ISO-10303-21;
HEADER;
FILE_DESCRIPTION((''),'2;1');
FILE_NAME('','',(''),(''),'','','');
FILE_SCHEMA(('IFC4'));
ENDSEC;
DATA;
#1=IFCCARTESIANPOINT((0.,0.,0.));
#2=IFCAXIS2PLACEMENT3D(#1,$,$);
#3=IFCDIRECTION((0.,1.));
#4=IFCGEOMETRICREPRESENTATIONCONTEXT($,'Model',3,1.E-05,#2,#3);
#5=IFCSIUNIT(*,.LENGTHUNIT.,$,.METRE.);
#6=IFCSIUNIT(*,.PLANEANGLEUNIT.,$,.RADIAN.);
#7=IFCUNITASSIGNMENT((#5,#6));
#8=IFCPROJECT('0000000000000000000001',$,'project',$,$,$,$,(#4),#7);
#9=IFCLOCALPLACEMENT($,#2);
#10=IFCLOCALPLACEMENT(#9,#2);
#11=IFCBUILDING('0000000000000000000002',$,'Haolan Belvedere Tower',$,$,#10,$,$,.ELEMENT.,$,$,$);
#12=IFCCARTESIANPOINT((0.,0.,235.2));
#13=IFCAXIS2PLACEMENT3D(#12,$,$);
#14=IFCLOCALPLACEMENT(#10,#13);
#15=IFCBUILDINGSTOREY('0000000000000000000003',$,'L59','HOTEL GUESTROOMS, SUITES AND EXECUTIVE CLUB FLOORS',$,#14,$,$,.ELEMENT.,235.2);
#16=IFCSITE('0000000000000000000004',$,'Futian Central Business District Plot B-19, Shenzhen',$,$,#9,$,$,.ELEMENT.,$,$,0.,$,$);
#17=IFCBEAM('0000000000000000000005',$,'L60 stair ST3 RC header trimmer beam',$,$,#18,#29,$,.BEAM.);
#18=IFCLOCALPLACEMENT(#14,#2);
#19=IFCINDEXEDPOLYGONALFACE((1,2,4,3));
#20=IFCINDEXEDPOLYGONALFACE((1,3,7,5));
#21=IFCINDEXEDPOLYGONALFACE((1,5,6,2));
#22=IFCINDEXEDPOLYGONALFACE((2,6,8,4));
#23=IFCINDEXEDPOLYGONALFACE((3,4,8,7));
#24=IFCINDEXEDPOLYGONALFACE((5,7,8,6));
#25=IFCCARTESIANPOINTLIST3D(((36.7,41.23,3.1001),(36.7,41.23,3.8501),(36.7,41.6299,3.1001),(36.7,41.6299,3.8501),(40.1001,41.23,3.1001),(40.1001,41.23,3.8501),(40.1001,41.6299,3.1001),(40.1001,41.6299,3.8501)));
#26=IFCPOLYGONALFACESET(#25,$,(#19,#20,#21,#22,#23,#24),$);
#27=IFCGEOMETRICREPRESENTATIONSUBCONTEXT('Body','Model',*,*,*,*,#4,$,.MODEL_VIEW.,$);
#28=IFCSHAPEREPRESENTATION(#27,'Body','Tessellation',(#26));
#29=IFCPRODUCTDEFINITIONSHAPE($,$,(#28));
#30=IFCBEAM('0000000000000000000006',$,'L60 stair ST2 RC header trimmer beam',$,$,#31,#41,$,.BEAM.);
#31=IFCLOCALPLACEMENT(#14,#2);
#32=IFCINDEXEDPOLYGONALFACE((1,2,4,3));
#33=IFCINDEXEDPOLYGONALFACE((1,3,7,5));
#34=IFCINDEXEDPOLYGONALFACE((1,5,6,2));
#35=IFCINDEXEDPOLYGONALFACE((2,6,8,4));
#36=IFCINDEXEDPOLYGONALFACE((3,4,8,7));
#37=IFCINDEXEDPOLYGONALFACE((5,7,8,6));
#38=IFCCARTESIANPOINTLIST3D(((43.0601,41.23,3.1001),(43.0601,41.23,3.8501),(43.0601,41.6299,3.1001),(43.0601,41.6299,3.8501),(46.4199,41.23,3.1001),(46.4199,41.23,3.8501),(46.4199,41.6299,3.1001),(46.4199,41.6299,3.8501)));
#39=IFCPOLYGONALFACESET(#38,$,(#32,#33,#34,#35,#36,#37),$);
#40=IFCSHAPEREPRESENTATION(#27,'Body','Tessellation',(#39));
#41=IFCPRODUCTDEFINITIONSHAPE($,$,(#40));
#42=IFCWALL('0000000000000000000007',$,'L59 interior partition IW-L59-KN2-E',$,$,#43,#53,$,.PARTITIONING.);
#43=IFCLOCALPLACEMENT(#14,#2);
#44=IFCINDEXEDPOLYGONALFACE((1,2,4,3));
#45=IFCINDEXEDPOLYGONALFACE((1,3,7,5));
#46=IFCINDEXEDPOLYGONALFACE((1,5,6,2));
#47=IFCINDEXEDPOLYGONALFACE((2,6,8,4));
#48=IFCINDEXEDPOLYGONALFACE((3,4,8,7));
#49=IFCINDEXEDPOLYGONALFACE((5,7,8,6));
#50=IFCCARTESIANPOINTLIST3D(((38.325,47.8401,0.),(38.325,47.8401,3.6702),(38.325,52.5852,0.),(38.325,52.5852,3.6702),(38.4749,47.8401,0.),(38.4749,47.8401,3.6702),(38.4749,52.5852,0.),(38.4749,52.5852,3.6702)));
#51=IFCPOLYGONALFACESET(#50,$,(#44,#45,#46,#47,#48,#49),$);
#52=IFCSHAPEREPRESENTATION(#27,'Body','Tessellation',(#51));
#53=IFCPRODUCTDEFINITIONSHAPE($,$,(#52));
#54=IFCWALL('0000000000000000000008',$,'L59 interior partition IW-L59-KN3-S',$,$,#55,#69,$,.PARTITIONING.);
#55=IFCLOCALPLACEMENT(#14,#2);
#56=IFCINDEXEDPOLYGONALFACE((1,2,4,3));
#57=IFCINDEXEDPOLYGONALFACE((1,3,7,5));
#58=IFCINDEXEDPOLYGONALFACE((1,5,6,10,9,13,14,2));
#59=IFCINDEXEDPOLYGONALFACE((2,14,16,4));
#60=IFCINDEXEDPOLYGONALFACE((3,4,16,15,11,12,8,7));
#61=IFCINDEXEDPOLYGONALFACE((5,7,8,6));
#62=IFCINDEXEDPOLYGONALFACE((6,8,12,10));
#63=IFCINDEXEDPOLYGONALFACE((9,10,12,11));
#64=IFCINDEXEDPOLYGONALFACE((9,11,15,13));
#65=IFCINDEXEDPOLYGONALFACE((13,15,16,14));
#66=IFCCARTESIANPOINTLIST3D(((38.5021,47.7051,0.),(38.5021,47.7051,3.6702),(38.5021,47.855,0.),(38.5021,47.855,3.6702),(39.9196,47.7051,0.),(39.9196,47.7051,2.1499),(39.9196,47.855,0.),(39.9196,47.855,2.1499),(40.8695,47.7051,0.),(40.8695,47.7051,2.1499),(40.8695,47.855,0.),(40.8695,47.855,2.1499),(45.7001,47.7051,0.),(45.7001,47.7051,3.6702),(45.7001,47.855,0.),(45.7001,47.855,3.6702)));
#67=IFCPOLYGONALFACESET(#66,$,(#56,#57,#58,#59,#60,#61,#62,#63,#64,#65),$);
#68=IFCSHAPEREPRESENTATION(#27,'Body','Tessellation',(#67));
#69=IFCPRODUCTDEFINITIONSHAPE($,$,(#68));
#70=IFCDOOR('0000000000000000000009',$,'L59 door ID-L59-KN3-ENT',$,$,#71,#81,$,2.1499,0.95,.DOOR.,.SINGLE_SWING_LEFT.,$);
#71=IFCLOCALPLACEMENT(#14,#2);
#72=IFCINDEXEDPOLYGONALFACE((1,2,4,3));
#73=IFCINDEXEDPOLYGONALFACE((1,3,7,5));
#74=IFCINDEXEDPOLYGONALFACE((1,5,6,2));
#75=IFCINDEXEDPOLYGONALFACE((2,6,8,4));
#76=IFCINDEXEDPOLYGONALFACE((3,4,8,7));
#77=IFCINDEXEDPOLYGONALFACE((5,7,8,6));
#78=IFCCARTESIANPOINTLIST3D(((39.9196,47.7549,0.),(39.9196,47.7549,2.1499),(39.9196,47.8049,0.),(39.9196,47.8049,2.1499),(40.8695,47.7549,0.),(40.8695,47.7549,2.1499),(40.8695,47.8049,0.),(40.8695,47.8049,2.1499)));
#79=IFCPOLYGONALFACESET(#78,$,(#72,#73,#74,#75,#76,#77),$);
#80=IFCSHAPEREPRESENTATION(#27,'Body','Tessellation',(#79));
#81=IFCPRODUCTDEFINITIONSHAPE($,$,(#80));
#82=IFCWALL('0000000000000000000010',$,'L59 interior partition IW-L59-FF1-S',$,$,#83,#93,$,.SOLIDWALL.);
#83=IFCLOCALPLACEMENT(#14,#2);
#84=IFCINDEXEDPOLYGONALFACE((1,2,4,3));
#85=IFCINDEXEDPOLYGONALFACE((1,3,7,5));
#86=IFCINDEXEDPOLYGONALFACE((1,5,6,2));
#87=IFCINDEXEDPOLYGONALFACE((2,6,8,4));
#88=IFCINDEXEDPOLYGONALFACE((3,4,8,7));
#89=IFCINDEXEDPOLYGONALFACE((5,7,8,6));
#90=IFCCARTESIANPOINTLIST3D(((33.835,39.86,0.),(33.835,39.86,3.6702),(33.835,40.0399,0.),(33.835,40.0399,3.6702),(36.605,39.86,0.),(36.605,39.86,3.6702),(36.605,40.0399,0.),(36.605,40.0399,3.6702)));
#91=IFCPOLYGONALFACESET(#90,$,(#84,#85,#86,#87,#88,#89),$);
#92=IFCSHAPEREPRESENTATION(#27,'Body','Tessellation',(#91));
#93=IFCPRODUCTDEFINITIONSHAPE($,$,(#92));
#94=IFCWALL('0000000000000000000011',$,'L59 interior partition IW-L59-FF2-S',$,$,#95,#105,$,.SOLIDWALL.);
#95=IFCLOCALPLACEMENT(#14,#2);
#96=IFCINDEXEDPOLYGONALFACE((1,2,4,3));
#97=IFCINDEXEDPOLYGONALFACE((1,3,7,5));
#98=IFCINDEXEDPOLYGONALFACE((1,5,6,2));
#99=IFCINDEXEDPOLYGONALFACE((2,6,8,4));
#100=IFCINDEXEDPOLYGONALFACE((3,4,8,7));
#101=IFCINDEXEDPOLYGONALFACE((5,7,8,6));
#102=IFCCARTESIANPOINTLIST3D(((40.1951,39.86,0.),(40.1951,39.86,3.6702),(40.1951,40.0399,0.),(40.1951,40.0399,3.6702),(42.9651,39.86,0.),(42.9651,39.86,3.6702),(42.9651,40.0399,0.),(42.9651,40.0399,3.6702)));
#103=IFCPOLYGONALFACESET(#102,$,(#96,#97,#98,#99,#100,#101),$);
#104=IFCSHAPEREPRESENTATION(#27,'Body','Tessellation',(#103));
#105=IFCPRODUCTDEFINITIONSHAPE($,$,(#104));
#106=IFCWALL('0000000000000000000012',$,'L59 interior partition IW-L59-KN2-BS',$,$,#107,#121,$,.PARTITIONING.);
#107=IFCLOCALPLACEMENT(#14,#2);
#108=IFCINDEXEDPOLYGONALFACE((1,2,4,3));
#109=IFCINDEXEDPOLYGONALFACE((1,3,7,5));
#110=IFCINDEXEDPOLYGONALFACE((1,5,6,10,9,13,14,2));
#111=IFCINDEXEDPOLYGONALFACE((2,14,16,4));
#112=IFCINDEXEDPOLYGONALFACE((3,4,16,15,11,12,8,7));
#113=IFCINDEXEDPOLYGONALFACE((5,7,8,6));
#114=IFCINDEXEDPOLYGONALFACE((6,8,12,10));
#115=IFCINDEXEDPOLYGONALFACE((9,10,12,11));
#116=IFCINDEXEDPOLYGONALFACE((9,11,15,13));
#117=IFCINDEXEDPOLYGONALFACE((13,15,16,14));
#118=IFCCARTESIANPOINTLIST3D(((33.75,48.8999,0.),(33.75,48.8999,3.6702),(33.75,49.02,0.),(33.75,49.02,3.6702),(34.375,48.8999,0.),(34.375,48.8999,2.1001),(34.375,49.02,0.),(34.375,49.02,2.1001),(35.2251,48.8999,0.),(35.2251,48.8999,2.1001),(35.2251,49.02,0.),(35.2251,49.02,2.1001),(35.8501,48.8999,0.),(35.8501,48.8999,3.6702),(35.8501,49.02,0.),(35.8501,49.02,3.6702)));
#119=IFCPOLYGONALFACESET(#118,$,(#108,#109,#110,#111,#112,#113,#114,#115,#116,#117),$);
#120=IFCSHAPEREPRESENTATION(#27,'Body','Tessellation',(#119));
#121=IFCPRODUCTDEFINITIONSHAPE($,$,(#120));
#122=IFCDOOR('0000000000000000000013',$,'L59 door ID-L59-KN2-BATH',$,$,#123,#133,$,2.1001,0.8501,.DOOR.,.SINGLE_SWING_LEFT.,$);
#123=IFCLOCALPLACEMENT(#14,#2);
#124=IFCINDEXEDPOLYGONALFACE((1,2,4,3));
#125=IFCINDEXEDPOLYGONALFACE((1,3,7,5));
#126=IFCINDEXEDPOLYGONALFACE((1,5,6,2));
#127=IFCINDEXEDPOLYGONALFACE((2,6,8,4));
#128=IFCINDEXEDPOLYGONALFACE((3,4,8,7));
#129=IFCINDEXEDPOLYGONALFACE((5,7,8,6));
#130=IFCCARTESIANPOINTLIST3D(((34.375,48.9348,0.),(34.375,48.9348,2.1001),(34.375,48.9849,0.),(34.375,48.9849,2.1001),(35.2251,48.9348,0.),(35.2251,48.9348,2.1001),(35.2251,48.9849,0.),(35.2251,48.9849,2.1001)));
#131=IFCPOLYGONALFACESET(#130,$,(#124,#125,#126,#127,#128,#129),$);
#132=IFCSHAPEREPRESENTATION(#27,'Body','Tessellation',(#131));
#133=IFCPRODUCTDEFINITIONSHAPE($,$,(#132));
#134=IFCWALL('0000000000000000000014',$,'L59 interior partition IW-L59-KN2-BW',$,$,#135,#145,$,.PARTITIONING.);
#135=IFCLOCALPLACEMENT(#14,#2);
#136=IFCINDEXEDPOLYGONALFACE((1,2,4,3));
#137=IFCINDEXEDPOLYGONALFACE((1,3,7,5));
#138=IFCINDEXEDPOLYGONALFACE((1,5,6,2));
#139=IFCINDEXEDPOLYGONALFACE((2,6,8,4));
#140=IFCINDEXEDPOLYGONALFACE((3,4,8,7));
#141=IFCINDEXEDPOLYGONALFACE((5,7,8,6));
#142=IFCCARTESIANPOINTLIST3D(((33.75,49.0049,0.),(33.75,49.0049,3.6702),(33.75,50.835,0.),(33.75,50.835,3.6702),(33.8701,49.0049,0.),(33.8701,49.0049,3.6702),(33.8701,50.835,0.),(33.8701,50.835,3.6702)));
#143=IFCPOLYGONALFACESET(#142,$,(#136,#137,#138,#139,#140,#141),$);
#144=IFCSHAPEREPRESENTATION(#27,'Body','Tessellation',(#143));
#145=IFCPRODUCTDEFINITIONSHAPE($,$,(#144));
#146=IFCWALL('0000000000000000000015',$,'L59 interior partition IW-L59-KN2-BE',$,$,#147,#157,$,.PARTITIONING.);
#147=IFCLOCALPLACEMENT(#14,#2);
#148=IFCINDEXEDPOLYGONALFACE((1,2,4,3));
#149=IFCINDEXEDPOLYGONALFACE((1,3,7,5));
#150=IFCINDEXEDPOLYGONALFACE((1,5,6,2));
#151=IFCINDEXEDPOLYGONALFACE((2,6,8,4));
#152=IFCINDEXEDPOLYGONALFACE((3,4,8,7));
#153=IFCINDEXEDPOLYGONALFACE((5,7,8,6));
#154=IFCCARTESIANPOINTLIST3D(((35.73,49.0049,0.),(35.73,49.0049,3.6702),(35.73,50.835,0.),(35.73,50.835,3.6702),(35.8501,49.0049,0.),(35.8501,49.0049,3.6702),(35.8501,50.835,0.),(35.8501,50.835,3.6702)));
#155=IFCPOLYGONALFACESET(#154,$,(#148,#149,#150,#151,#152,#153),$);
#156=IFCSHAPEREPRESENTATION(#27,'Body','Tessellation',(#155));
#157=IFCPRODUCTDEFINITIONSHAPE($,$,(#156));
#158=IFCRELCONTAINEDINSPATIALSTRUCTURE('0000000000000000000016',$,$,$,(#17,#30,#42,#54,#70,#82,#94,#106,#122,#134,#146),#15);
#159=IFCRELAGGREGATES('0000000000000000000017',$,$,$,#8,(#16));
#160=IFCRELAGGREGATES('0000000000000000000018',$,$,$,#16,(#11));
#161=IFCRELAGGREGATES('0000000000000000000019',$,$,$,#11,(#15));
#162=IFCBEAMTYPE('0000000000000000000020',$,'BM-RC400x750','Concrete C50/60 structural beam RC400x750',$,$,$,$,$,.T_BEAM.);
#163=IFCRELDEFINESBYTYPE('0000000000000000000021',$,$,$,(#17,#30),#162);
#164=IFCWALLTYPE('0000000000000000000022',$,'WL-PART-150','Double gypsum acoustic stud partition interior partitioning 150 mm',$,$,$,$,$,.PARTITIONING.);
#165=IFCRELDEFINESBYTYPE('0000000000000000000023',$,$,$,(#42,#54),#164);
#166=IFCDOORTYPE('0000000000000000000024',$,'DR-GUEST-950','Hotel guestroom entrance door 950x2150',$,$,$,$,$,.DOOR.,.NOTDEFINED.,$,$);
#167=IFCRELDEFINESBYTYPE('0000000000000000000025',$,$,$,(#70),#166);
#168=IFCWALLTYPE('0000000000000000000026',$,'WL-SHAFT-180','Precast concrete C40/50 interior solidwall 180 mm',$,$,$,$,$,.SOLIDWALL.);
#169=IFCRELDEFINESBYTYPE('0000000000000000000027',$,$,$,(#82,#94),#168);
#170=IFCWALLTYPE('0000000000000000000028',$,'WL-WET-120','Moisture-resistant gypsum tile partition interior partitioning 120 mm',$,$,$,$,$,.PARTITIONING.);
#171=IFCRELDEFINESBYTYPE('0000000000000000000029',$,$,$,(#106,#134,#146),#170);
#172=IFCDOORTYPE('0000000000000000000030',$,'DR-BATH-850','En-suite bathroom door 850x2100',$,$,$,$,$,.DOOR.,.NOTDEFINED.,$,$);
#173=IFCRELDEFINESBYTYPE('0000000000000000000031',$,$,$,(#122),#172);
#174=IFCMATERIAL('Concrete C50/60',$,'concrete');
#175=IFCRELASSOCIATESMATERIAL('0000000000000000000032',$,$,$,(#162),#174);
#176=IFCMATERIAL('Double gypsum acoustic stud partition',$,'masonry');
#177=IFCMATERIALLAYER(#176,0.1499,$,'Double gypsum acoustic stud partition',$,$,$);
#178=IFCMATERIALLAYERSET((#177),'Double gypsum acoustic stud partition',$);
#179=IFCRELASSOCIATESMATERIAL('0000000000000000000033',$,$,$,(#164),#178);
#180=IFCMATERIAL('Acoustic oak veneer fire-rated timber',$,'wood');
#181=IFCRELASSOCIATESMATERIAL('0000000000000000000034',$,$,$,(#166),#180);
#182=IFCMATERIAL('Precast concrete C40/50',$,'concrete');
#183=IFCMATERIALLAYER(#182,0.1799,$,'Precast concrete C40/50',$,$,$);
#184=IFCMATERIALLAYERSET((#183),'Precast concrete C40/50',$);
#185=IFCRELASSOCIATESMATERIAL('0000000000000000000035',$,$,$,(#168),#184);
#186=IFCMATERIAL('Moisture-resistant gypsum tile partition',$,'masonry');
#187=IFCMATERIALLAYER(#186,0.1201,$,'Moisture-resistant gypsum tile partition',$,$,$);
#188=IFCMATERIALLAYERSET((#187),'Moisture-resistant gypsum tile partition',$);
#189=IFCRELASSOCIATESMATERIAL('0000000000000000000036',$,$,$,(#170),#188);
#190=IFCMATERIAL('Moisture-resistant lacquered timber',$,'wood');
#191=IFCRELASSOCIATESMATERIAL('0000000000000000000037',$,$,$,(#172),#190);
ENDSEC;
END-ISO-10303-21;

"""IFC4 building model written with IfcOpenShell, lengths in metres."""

from ifc_helpers import new_model, si_unit, direction, frame, frame_2d, origin, origin_2d, place, context, subcontext, project, spatial, rectangle, extrude, material, layer, layer_set, material_profile, profile_set, type_object, element, fill, save


model = new_model("IFC4")

# Units and contexts
model_context = context("Model", 3, precision=1e-05, world=origin(), true_north=direction((0.0, 1.0)))
body_context = subcontext(model_context, "Body", "Model", "MODEL_VIEW")
ifc_project = project(units=[si_unit("LENGTHUNIT", "METRE"), si_unit("PLANEANGLEUNIT", "RADIAN")], contexts=[model_context])

# Site, building, storey
site_placement = place(None, origin())
site = spatial("IfcSite", under=ifc_project, at=site_placement, Name="Futian Central Business District Plot B-19, Shenzhen", CompositionType="ELEMENT", RefElevation=0.0)
building_placement = place(site_placement, origin())
building = spatial("IfcBuilding", under=site, at=building_placement, Name="Haolan Belvedere Tower", CompositionType="ELEMENT")
storey_placement = place(building_placement, frame((0.0, 0.0, 235.2)))
storey = spatial("IfcBuildingStorey", under=building, at=storey_placement, Name="L59", Description="HOTEL GUESTROOMS, SUITES AND EXECUTIVE CLUB FLOORS", CompositionType="ELEMENT", Elevation=235.2)

# Beams
ifc_material_1 = material(Name="Concrete C50/60", Category="concrete")
ifc_material_profile = material_profile(ifc_material_1, rectangle(XDim=0.3999, YDim=0.75, at=origin_2d()), Name="Concrete C50/60")
ifc_profile_set = profile_set([ifc_material_profile], Name="Concrete C50/60")
beam_type = type_object("IfcBeamType", Name="BM-RC400x750", Description="Concrete C50/60 structural beam RC400x750", PredefinedType="T_BEAM", material=ifc_profile_set)
beam_1_placement = place(storey_placement, frame((36.7, 41.4299, 3.4751), z_axis=(1.0, 0.0, 0.0), x_axis=(0.0, 1.0, 0.0)))
element("IfcBeam", 1, at=beam_1_placement, inside=storey, type_object=beam_type, Name="L60 stair ST3 RC header trimmer beam", PredefinedType="BEAM", context=body_context, shape_type="SweptSolid", body=[
    extrude(rectangle(XDim=0.3999, YDim=0.75, at=origin_2d()), origin(), (0.0, 0.0, 1.0), 3.4001),
])
beam_2_placement = place(storey_placement, frame((43.0601, 41.4299, 3.4751), z_axis=(1.0, 0.0, 0.0), x_axis=(0.0, 1.0, 0.0)))
element("IfcBeam", 2, at=beam_2_placement, inside=storey, type_object=beam_type, Name="L60 stair ST2 RC header trimmer beam", PredefinedType="BEAM", context=body_context, shape_type="SweptSolid", body=[
    extrude(rectangle(XDim=0.3999, YDim=0.75, at=origin_2d()), origin(), (0.0, 0.0, 1.0), 3.3599),
])

# Wall
ifc_material_2 = material(Name="Double gypsum acoustic stud partition", Category="masonry")
ifc_layer_1 = layer(ifc_material_2, 0.1499, Name="Double gypsum acoustic stud partition")
ifc_layer_set_1 = layer_set([ifc_layer_1], Name="Double gypsum acoustic stud partition")
wall_type_1 = type_object("IfcWallType", Name="WL-PART-150", Description="Double gypsum acoustic stud partition interior partitioning 150 mm", PredefinedType="PARTITIONING", material=ifc_layer_set_1)
wall_1_placement = place(storey_placement, frame((38.3999, 47.8401, 0.0), z_axis=(0.0, 0.0, 1.0), x_axis=(0.0, 1.0, 0.0)))
element("IfcWall", 3, at=wall_1_placement, inside=storey, type_object=wall_type_1, Name="L59 interior partition IW-L59-KN2-E", PredefinedType="PARTITIONING", context=body_context, shape_type="SweptSolid", body=[
    extrude(rectangle(XDim=4.7451, YDim=0.1499, at=frame_2d((2.3726, 0.0))), origin(), (0.0, 0.0, 1.0), 3.6702),
])

# Wall, opening, door
wall_2_placement = place(storey_placement, frame((38.502, 47.78, 0.0), z_axis=(0.0, 0.0, 1.0), x_axis=(1.0, 0.0, 0.0)))
wall_2 = element("IfcWall", 4, at=wall_2_placement, inside=storey, type_object=wall_type_1, Name="L59 interior partition IW-L59-KN3-S", PredefinedType="PARTITIONING", context=body_context, shape_type="SweptSolid", body=[
    extrude(rectangle(XDim=7.198, YDim=0.1499, at=frame_2d((3.5991, 0.0))), origin(), (0.0, 0.0, 1.0), 3.6702),
])
opening_1_placement = place(wall_2_placement, frame((1.4175, 0.0, 0.0)))
opening_1 = element("IfcOpeningElement", 5, at=opening_1_placement, cuts=wall_2, PredefinedType="OPENING", context=body_context, shape_type="SweptSolid", body=[
    extrude(rectangle(XDim=0.95, YDim=2.1499, at=frame_2d((0.4751, 1.075))), frame((0.0, 0.085, 0.0), z_axis=(0.0, -1.0, 0.0), x_axis=(1.0, 0.0, 0.0)), (0.0, 0.0, 1.0), 0.1699),
])
ifc_material_3 = material(Name="Acoustic oak veneer fire-rated timber", Category="wood")
door_type_1 = type_object("IfcDoorType", Name="DR-GUEST-950", Description="Hotel guestroom entrance door 950x2150", OperationType="NOTDEFINED", PredefinedType="DOOR", material=ifc_material_3)
door_1_placement = place(opening_1_placement, origin())
door_1 = element("IfcDoor", 6, at=door_1_placement, inside=storey, type_object=door_type_1, Name="L59 door ID-L59-KN3-ENT", OperationType="SINGLE_SWING_LEFT", OverallHeight=2.1499, OverallWidth=0.95, PredefinedType="DOOR", context=body_context, shape_type="SweptSolid", body=[
    extrude(rectangle(XDim=0.95, YDim=2.1499, at=frame_2d((0.4751, 1.075))), frame((0.0, 0.0249, 0.0), z_axis=(0.0, -1.0, 0.0), x_axis=(1.0, 0.0, 0.0)), (0.0, 0.0, 1.0), 0.05),
])
fill(opening_1, door_1)

# Walls
ifc_material_4 = material(Name="Precast concrete C40/50", Category="concrete")
ifc_layer_2 = layer(ifc_material_4, 0.1799, Name="Precast concrete C40/50")
ifc_layer_set_2 = layer_set([ifc_layer_2], Name="Precast concrete C40/50")
wall_type_2 = type_object("IfcWallType", Name="WL-SHAFT-180", Description="Precast concrete C40/50 interior solidwall 180 mm", PredefinedType="SOLIDWALL", material=ifc_layer_set_2)
for number, where, z_axis, x_axis, name in (
    (7, (33.835, 39.95, 0.0), (0.0, 0.0, 1.0), (1.0, 0.0, 0.0), "L59 interior partition IW-L59-FF1-S"),
    (8, (40.1951, 39.95, 0.0), (0.0, 0.0, 1.0), (1.0, 0.0, 0.0), "L59 interior partition IW-L59-FF2-S"),
):
    element("IfcWall", number, at=place(storey_placement, frame(where, z_axis=z_axis, x_axis=x_axis)), inside=storey, type_object=wall_type_2, Name=name, PredefinedType="SOLIDWALL", context=body_context, shape_type="SweptSolid", body=[
        extrude(rectangle(XDim=2.77, YDim=0.1799, at=frame_2d((1.385, 0.0))), origin(), (0.0, 0.0, 1.0), 3.6702),
    ])

# Wall, opening, door
ifc_material_5 = material(Name="Moisture-resistant gypsum tile partition", Category="masonry")
ifc_layer_3 = layer(ifc_material_5, 0.1201, Name="Moisture-resistant gypsum tile partition")
ifc_layer_set_3 = layer_set([ifc_layer_3], Name="Moisture-resistant gypsum tile partition")
wall_type_3 = type_object("IfcWallType", Name="WL-WET-120", Description="Moisture-resistant gypsum tile partition interior partitioning 120 mm", PredefinedType="PARTITIONING", material=ifc_layer_set_3)
wall_3_placement = place(storey_placement, frame((33.75, 48.96, 0.0), z_axis=(0.0, 0.0, 1.0), x_axis=(1.0, 0.0, 0.0)))
wall_3 = element("IfcWall", 9, at=wall_3_placement, inside=storey, type_object=wall_type_3, Name="L59 interior partition IW-L59-KN2-BS", PredefinedType="PARTITIONING", context=body_context, shape_type="SweptSolid", body=[
    extrude(rectangle(XDim=2.1001, YDim=0.1201, at=frame_2d((1.05, 0.0))), origin(), (0.0, 0.0, 1.0), 3.6702),
])
opening_2_placement = place(wall_3_placement, frame((0.625, 0.0, 0.0)))
opening_2 = element("IfcOpeningElement", 10, at=opening_2_placement, cuts=wall_3, PredefinedType="OPENING", context=body_context, shape_type="SweptSolid", body=[
    extrude(rectangle(XDim=0.8501, YDim=2.1001, at=frame_2d((0.425, 1.05))), frame((0.0, 0.0701, 0.0), z_axis=(0.0, -1.0, 0.0), x_axis=(1.0, 0.0, 0.0)), (0.0, 0.0, 1.0), 0.1401),
])
ifc_material_6 = material(Name="Moisture-resistant lacquered timber", Category="wood")
door_type_2 = type_object("IfcDoorType", Name="DR-BATH-850", Description="En-suite bathroom door 850x2100", OperationType="NOTDEFINED", PredefinedType="DOOR", material=ifc_material_6)
door_2_placement = place(opening_2_placement, origin())
door_2 = element("IfcDoor", 11, at=door_2_placement, inside=storey, type_object=door_type_2, Name="L59 door ID-L59-KN2-BATH", OperationType="SINGLE_SWING_LEFT", OverallHeight=2.1001, OverallWidth=0.8501, PredefinedType="DOOR", context=body_context, shape_type="SweptSolid", body=[
    extrude(rectangle(XDim=0.8501, YDim=2.1001, at=frame_2d((0.425, 1.05))), frame((0.0, 0.0249, 0.0), z_axis=(0.0, -1.0, 0.0), x_axis=(1.0, 0.0, 0.0)), (0.0, 0.0, 1.0), 0.05),
])
fill(opening_2, door_2)

# Walls
for number, where, z_axis, x_axis, name in (
    (12, (33.8101, 49.0049, 0.0), (0.0, 0.0, 1.0), (0.0, 1.0, 0.0), "L59 interior partition IW-L59-KN2-BW"),
    (13, (35.79, 49.0049, 0.0), (0.0, 0.0, 1.0), (0.0, 1.0, 0.0), "L59 interior partition IW-L59-KN2-BE"),
):
    element("IfcWall", number, at=place(storey_placement, frame(where, z_axis=z_axis, x_axis=x_axis)), inside=storey, type_object=wall_type_3, Name=name, PredefinedType="PARTITIONING", context=body_context, shape_type="SweptSolid", body=[
        extrude(rectangle(XDim=1.8301, YDim=0.1201, at=frame_2d((0.915, 0.0))), origin(), (0.0, 0.0, 1.0), 3.6702),
    ])

save(model, "model.ifc")
